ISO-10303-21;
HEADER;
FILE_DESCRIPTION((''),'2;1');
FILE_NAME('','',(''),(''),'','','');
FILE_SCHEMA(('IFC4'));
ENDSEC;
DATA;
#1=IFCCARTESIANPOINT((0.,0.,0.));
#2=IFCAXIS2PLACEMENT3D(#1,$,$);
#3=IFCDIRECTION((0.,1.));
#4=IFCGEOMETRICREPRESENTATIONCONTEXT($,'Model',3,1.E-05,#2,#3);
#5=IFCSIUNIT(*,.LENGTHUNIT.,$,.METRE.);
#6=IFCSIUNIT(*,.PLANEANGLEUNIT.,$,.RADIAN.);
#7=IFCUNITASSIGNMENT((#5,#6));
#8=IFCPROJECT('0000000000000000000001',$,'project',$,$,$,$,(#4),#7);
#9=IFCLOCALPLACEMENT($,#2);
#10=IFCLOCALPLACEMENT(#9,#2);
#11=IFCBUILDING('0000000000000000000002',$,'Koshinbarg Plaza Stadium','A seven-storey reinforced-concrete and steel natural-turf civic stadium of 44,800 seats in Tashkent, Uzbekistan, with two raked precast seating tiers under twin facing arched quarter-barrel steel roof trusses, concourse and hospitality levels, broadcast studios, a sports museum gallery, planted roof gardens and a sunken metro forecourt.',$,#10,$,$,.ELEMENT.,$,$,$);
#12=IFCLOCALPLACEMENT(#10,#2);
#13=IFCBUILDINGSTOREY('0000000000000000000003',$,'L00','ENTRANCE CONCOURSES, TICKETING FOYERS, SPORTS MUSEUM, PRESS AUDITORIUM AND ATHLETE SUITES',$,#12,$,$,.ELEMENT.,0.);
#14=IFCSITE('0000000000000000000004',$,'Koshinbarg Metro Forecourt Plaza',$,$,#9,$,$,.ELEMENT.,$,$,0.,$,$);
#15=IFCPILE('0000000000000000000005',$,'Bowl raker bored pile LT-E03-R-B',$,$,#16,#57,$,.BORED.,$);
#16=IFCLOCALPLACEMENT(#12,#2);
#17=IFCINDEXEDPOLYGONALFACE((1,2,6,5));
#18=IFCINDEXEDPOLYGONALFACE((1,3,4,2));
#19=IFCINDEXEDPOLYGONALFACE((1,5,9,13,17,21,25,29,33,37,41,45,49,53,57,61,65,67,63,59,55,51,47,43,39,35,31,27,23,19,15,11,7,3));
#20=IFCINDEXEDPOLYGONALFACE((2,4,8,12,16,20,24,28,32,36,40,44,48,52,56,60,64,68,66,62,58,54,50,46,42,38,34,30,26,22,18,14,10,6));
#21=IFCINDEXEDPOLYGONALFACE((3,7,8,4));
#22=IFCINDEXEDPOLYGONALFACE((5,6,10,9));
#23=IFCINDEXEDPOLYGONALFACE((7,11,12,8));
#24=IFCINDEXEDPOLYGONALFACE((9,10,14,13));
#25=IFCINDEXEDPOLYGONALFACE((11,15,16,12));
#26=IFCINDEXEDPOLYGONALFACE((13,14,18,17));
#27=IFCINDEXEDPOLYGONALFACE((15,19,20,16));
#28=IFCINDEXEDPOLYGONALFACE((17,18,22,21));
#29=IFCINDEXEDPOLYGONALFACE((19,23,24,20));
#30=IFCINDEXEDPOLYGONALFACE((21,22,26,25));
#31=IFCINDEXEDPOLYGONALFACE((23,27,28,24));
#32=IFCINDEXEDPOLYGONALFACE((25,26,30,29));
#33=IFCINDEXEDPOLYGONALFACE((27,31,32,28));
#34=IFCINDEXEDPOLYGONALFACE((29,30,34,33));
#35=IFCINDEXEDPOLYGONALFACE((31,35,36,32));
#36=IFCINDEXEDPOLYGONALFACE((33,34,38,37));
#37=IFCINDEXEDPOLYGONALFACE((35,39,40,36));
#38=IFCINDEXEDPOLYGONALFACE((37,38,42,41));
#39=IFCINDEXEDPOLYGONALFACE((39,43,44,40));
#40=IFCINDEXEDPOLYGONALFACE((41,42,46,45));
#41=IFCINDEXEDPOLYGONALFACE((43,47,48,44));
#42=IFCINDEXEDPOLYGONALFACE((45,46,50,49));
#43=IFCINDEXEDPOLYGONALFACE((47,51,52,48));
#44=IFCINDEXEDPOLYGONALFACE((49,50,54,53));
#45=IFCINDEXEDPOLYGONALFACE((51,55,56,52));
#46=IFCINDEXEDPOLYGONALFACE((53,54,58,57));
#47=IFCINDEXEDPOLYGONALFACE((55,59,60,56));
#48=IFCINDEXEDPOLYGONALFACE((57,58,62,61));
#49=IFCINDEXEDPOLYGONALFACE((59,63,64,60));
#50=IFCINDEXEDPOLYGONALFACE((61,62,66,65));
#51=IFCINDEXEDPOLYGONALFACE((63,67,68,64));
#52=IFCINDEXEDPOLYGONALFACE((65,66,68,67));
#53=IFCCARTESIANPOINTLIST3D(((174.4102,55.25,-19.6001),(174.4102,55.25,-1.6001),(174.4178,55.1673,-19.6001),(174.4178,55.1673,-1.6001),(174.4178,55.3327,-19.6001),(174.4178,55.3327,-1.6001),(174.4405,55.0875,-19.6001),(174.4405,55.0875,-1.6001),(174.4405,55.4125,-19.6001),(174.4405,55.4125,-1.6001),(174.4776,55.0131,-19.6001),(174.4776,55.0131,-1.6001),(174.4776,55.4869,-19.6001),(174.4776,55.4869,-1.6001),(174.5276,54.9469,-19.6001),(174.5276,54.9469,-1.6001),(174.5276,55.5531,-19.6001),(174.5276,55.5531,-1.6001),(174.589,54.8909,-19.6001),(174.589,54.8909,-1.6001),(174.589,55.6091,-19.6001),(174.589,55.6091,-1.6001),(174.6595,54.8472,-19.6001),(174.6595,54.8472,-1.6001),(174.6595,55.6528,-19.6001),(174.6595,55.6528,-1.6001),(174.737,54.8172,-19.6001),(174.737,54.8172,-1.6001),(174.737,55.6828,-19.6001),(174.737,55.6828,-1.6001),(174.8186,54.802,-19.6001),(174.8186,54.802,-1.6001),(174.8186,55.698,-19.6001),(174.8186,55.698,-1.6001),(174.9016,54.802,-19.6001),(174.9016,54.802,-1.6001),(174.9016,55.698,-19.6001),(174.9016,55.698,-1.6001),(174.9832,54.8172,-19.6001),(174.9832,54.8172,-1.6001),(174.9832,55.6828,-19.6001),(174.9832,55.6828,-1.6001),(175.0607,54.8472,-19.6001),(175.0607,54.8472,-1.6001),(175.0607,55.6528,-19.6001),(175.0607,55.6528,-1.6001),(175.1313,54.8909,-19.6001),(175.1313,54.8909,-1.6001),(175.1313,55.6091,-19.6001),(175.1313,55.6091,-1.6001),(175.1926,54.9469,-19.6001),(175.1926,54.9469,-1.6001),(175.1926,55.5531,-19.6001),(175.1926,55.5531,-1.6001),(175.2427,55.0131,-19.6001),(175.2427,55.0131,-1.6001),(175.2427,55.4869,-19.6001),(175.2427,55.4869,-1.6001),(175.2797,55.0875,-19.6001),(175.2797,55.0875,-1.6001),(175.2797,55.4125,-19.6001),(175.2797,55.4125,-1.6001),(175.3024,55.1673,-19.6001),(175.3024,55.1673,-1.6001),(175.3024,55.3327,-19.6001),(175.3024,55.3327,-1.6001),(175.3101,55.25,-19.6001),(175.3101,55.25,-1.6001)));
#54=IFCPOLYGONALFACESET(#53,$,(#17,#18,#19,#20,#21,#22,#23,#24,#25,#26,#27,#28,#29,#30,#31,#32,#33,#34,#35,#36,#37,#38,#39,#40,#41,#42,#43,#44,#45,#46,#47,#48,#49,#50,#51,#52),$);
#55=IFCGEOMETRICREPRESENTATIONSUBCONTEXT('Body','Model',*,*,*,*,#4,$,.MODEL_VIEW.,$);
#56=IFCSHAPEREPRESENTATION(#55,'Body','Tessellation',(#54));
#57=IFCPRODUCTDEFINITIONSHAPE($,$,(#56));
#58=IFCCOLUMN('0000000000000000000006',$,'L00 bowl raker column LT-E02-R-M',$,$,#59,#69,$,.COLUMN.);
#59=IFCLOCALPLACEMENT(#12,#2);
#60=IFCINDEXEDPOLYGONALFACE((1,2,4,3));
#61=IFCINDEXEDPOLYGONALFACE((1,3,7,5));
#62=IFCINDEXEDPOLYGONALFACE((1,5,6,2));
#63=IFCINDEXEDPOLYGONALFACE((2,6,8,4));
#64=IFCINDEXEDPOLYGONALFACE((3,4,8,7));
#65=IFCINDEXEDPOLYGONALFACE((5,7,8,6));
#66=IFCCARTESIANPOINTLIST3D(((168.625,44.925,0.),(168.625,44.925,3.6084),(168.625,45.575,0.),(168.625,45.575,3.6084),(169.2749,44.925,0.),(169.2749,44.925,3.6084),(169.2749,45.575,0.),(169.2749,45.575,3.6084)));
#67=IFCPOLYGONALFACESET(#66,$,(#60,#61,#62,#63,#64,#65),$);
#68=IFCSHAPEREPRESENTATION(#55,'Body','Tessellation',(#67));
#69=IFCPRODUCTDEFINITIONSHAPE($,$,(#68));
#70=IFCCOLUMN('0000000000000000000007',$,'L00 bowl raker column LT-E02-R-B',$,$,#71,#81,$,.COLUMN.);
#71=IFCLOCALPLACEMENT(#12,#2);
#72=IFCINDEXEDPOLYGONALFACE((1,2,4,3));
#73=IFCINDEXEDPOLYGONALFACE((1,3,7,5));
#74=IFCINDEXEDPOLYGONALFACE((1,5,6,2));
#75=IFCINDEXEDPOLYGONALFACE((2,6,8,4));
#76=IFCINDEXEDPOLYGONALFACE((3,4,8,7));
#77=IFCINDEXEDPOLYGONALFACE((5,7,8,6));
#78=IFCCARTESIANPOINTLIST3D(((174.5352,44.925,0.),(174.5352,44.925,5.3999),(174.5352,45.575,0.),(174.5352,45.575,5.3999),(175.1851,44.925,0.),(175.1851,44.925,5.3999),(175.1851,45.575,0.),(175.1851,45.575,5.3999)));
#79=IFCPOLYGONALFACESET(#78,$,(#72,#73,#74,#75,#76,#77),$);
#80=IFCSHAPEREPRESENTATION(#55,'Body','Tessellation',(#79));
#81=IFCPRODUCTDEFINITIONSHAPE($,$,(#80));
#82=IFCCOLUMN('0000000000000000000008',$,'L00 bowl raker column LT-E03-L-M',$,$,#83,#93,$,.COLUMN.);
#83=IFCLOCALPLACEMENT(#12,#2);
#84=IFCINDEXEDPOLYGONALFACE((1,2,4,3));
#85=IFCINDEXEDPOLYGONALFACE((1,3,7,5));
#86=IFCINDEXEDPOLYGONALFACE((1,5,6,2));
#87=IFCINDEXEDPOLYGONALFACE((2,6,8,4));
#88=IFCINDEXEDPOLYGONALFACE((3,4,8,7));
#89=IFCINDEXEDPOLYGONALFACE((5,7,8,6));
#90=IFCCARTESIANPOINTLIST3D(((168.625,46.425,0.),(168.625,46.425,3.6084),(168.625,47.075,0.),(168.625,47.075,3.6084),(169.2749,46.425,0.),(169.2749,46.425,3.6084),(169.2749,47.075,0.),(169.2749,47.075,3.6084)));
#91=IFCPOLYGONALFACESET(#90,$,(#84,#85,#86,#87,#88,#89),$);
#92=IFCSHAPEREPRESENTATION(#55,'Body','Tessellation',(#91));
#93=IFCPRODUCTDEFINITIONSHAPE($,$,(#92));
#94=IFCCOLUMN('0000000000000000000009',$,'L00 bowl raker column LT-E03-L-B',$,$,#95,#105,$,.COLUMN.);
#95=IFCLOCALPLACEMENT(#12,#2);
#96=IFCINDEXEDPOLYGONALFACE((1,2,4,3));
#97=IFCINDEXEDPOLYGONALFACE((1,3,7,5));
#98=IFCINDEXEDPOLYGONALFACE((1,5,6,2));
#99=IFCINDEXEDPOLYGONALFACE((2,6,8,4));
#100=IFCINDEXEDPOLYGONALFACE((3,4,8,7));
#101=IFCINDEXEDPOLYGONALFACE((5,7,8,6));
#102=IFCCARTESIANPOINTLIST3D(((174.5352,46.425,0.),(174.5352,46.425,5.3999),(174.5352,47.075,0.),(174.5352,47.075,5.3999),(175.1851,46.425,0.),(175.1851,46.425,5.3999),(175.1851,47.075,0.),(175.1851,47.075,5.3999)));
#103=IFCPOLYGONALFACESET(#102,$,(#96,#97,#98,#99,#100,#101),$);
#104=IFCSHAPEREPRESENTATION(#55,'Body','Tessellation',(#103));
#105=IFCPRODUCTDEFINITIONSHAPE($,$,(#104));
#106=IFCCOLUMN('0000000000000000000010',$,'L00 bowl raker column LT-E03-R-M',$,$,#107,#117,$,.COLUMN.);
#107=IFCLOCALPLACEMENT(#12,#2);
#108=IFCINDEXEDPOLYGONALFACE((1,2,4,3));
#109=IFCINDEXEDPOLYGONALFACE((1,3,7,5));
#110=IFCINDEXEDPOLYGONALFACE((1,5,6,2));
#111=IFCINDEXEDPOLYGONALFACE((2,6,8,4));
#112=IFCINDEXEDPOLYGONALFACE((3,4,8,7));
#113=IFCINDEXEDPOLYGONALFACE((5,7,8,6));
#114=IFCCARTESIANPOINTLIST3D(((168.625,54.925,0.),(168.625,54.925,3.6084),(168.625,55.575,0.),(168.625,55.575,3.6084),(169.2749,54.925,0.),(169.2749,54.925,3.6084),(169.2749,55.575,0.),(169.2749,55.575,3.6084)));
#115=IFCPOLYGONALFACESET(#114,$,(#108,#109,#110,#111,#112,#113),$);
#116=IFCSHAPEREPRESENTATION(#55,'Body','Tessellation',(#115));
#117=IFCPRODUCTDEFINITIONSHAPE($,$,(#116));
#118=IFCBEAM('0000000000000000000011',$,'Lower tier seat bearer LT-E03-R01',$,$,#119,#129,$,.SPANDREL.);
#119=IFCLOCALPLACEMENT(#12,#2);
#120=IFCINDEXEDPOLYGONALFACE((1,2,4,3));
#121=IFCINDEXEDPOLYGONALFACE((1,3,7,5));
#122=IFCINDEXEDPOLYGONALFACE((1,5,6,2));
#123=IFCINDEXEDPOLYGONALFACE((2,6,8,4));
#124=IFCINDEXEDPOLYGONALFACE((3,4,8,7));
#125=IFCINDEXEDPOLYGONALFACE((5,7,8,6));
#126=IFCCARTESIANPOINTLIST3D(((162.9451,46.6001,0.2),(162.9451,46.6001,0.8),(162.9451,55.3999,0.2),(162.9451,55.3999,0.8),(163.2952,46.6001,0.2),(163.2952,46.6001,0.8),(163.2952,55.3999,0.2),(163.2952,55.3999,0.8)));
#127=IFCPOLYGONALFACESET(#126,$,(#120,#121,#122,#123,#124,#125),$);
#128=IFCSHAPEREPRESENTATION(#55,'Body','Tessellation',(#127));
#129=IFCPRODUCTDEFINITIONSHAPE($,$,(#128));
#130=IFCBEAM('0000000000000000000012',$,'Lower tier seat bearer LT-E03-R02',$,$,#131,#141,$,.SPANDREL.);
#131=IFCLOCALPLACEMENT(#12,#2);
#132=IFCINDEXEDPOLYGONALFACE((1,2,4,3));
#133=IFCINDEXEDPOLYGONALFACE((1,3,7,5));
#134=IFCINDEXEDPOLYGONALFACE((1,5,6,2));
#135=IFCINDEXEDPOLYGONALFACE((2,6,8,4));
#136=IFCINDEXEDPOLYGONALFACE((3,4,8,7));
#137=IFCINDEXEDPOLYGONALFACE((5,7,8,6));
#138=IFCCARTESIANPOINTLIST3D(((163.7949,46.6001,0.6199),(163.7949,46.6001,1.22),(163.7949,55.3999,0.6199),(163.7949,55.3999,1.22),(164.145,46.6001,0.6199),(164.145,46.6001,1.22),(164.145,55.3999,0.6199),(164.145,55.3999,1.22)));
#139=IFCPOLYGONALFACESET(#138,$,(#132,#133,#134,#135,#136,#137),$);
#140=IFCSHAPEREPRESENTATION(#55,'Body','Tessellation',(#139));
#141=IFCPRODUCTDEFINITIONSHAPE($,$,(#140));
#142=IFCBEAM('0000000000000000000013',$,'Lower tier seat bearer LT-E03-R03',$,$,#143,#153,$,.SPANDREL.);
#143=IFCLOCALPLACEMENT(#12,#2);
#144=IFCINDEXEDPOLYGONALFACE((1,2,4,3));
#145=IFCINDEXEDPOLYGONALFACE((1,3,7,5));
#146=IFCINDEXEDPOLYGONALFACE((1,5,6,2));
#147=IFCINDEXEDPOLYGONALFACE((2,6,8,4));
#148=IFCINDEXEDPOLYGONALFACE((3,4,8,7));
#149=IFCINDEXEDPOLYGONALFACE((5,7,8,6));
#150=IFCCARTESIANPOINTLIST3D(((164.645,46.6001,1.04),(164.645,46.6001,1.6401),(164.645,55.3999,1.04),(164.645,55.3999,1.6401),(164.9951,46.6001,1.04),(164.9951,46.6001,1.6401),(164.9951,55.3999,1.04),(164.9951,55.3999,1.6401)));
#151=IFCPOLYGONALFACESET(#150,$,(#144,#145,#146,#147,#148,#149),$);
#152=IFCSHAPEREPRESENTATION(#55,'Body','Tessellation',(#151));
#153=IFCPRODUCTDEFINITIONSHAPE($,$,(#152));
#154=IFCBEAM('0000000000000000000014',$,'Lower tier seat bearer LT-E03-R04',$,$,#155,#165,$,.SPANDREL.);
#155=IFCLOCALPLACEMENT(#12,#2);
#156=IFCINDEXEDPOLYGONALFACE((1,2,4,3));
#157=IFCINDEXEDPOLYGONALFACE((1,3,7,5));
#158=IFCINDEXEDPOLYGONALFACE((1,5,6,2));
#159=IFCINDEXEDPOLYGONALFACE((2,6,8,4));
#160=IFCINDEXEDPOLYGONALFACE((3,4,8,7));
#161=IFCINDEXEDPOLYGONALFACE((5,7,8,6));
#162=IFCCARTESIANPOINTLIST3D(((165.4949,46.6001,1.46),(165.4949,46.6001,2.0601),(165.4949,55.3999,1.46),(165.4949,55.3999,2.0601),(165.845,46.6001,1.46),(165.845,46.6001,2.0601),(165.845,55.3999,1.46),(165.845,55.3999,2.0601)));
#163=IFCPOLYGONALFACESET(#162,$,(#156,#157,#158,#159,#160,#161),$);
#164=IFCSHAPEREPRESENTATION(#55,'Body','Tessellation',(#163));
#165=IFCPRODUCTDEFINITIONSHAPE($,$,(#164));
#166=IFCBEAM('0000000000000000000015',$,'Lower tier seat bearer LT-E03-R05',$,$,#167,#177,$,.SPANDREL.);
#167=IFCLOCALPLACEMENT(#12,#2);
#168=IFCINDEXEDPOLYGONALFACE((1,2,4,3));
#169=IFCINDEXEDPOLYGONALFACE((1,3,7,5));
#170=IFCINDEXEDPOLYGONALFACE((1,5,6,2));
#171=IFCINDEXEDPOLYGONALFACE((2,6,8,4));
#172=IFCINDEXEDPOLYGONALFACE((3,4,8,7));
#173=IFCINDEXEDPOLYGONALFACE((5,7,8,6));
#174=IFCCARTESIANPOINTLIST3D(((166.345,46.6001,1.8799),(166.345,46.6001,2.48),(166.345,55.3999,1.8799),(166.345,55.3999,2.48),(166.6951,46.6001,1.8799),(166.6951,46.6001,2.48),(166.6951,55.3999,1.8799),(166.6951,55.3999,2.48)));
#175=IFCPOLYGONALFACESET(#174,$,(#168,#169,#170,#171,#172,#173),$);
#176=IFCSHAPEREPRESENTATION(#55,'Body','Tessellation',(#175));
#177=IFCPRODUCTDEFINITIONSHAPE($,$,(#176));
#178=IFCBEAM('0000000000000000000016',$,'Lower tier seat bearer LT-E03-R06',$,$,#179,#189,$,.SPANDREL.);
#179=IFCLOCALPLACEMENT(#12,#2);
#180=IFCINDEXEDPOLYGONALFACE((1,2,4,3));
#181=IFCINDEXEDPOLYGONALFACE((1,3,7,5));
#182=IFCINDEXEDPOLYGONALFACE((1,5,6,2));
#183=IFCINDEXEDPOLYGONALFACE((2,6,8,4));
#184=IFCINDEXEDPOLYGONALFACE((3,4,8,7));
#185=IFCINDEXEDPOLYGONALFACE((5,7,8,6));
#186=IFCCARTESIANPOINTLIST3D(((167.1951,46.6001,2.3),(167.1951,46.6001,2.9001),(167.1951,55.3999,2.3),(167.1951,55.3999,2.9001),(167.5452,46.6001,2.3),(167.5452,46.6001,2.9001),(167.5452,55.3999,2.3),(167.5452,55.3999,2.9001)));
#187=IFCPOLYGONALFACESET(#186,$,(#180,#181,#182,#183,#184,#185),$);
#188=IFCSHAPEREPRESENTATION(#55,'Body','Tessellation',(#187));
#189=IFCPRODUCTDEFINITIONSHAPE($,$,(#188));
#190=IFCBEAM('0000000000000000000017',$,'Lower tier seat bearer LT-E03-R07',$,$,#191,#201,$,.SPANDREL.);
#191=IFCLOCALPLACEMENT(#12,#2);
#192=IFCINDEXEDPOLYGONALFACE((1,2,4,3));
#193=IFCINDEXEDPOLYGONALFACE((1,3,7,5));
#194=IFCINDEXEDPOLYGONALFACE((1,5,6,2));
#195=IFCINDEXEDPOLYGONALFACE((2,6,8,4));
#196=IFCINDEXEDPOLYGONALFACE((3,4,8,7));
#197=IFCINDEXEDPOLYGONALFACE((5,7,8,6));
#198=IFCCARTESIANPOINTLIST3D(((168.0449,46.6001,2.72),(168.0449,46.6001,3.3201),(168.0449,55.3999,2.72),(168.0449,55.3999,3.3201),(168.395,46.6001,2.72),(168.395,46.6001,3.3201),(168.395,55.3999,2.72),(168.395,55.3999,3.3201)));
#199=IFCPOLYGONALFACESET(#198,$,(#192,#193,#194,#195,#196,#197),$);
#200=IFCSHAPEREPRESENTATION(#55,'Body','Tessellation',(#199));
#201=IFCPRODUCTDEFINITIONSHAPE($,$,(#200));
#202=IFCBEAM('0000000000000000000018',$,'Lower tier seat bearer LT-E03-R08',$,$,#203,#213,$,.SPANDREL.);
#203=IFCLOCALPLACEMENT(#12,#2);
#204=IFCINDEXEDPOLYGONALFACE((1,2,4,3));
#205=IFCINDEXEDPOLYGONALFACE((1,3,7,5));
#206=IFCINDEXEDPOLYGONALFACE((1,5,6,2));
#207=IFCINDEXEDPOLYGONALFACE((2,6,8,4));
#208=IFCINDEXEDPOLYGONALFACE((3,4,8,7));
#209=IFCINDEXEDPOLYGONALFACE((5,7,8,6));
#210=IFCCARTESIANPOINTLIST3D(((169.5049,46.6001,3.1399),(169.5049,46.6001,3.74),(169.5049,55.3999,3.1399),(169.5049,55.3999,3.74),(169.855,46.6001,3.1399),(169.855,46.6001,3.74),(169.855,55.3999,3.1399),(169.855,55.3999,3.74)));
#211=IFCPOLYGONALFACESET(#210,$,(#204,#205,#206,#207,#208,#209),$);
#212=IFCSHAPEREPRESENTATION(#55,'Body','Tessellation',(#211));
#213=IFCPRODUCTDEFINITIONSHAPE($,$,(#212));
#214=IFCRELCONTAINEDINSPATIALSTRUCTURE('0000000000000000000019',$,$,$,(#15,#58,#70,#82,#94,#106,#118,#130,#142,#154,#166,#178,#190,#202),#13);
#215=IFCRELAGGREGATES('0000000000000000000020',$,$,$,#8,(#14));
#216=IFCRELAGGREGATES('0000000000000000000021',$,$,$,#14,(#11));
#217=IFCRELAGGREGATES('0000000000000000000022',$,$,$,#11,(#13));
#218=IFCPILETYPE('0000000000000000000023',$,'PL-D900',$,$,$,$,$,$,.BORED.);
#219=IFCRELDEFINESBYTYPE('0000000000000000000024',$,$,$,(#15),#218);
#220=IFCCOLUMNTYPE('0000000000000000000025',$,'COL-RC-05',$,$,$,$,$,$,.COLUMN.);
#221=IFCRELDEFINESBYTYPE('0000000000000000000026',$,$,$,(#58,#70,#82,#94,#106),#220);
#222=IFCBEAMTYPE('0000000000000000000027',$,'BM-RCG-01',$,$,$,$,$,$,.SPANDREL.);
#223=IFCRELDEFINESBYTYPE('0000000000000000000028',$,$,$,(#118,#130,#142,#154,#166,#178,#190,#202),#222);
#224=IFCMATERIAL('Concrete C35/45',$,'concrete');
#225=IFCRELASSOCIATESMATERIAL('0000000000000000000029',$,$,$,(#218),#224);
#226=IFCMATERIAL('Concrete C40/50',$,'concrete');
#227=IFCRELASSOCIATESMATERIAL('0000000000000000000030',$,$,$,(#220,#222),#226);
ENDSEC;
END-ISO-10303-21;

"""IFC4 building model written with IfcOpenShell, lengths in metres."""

from ifc_helpers import new_model, si_unit, direction, frame, origin, origin_2d, place, context, subcontext, project, spatial, rectangle, circle, extrude, material, material_profile, profile_set, type_object, element, save


model = new_model("IFC4")

# Units and contexts
model_context = context("Model", 3, precision=1e-05, world=origin(), true_north=direction((0.0, 1.0)))
body_context = subcontext(model_context, "Body", "Model", "MODEL_VIEW")
ifc_project = project(units=[si_unit("LENGTHUNIT", "METRE"), si_unit("PLANEANGLEUNIT", "RADIAN")], contexts=[model_context])

# Site, building, storey
site_placement = place(None, origin())
site = spatial("IfcSite", under=ifc_project, at=site_placement, Name="Koshinbarg Metro Forecourt Plaza", CompositionType="ELEMENT", RefElevation=0.0)
building_placement = place(site_placement, origin())
building = spatial("IfcBuilding", under=site, at=building_placement, Name="Koshinbarg Plaza Stadium", Description="A seven-storey reinforced-concrete and steel natural-turf civic stadium of 44,800 seats in Tashkent, Uzbekistan, with two raked precast seating tiers under twin facing arched quarter-barrel steel roof trusses, concourse and hospitality levels, broadcast studios, a sports museum gallery, planted roof gardens and a sunken metro forecourt.", CompositionType="ELEMENT")
storey_placement = place(building_placement, origin())
storey = spatial("IfcBuildingStorey", under=building, at=storey_placement, Name="L00", Description="ENTRANCE CONCOURSES, TICKETING FOYERS, SPORTS MUSEUM, PRESS AUDITORIUM AND ATHLETE SUITES", CompositionType="ELEMENT", Elevation=0.0)

# Shared definitions
ifc_material_1 = material(Name="Concrete C35/45", Category="concrete")

# Pile
ifc_material_profile_1 = material_profile(ifc_material_1, circle(Radius=0.45, at=origin_2d()), Name="PILE D900")
ifc_profile_set_1 = profile_set([ifc_material_profile_1], Name="Concrete C35/45")
pile_type = type_object("IfcPileType", Name="PL-D900", PredefinedType="BORED", material=ifc_profile_set_1)
for number, where, z_axis, x_axis, name in (
    (1, (174.8601, 55.25, -1.6001), (0.0, 0.0, -1.0), (1.0, 0.0, 0.0), "Bowl raker bored pile LT-E03-R-B"),
):
    element("IfcPile", number, at=place(storey_placement, frame(where, z_axis=z_axis, x_axis=x_axis)), inside=storey, type_object=pile_type, Name=name, PredefinedType="BORED", context=body_context, shape_type="SweptSolid", body=[
        extrude(circle(Radius=0.45, at=origin_2d()), origin(), (0.0, 0.0, 1.0), 18.0),
    ])

# Columns
ifc_material_2 = material(Name="Concrete C40/50", Category="concrete")
ifc_material_profile_2 = material_profile(ifc_material_2, rectangle(XDim=0.6499, YDim=0.6499, at=origin_2d()), Name="RC 650x650")
ifc_profile_set_2 = profile_set([ifc_material_profile_2], Name="Concrete C40/50")
column_type = type_object("IfcColumnType", Name="COL-RC-05", PredefinedType="COLUMN", material=ifc_profile_set_2)
column_1_placement = place(storey_placement, frame((168.95, 45.25, 0.0), z_axis=(0.0, 0.0, 1.0), x_axis=(1.0, 0.0, 0.0)))
element("IfcColumn", 2, at=column_1_placement, inside=storey, type_object=column_type, Name="L00 bowl raker column LT-E02-R-M", PredefinedType="COLUMN", context=body_context, shape_type="SweptSolid", body=[
    extrude(rectangle(XDim=0.6499, YDim=0.6499, at=origin_2d()), origin(), (0.0, 0.0, 1.0), 3.6084),
])
column_2_placement = place(storey_placement, frame((174.8601, 45.25, 0.0), z_axis=(0.0, 0.0, 1.0), x_axis=(1.0, 0.0, 0.0)))
element("IfcColumn", 3, at=column_2_placement, inside=storey, type_object=column_type, Name="L00 bowl raker column LT-E02-R-B", PredefinedType="COLUMN", context=body_context, shape_type="SweptSolid", body=[
    extrude(rectangle(XDim=0.6499, YDim=0.6499, at=origin_2d()), origin(), (0.0, 0.0, 1.0), 5.3999),
])
column_3_placement = place(storey_placement, frame((168.95, 46.75, 0.0), z_axis=(0.0, 0.0, 1.0), x_axis=(1.0, 0.0, 0.0)))
element("IfcColumn", 4, at=column_3_placement, inside=storey, type_object=column_type, Name="L00 bowl raker column LT-E03-L-M", PredefinedType="COLUMN", context=body_context, shape_type="SweptSolid", body=[
    extrude(rectangle(XDim=0.6499, YDim=0.6499, at=origin_2d()), origin(), (0.0, 0.0, 1.0), 3.6084),
])
column_4_placement = place(storey_placement, frame((174.8601, 46.75, 0.0), z_axis=(0.0, 0.0, 1.0), x_axis=(1.0, 0.0, 0.0)))
element("IfcColumn", 5, at=column_4_placement, inside=storey, type_object=column_type, Name="L00 bowl raker column LT-E03-L-B", PredefinedType="COLUMN", context=body_context, shape_type="SweptSolid", body=[
    extrude(rectangle(XDim=0.6499, YDim=0.6499, at=origin_2d()), origin(), (0.0, 0.0, 1.0), 5.3999),
])
column_5_placement = place(storey_placement, frame((168.95, 55.25, 0.0), z_axis=(0.0, 0.0, 1.0), x_axis=(1.0, 0.0, 0.0)))
element("IfcColumn", 6, at=column_5_placement, inside=storey, type_object=column_type, Name="L00 bowl raker column LT-E03-R-M", PredefinedType="COLUMN", context=body_context, shape_type="SweptSolid", body=[
    extrude(rectangle(XDim=0.6499, YDim=0.6499, at=origin_2d()), origin(), (0.0, 0.0, 1.0), 3.6084),
])

# Beams
ifc_material_profile_3 = material_profile(ifc_material_2, rectangle(XDim=0.3501, YDim=0.6001, at=origin_2d()), Name="RC 350x600")
ifc_profile_set_3 = profile_set([ifc_material_profile_3], Name="Concrete C40/50")
beam_type = type_object("IfcBeamType", Name="BM-RCG-01", PredefinedType="SPANDREL", material=ifc_profile_set_3)
for number, where, z_axis, x_axis, name in (
    (7, (163.1201, 46.6001, 0.5), (0.0, 1.0, 0.0), (-1.0, 0.0, 0.0), "Lower tier seat bearer LT-E03-R01"),
    (8, (163.97, 46.6001, 0.9199), (0.0, 1.0, 0.0), (-1.0, 0.0, 0.0), "Lower tier seat bearer LT-E03-R02"),
    (9, (164.8201, 46.6001, 1.3401), (0.0, 1.0, 0.0), (-1.0, 0.0, 0.0), "Lower tier seat bearer LT-E03-R03"),
    (10, (165.6699, 46.6001, 1.76), (0.0, 1.0, 0.0), (-1.0, 0.0, 0.0), "Lower tier seat bearer LT-E03-R04"),
    (11, (166.52, 46.6001, 2.1799), (0.0, 1.0, 0.0), (-1.0, 0.0, 0.0), "Lower tier seat bearer LT-E03-R05"),
    (12, (167.3701, 46.6001, 2.6001), (0.0, 1.0, 0.0), (-1.0, 0.0, 0.0), "Lower tier seat bearer LT-E03-R06"),
    (13, (168.22, 46.6001, 3.02), (0.0, 1.0, 0.0), (-1.0, 0.0, 0.0), "Lower tier seat bearer LT-E03-R07"),
    (14, (169.6799, 46.6001, 3.4399), (0.0, 1.0, 0.0), (-1.0, 0.0, 0.0), "Lower tier seat bearer LT-E03-R08"),
):
    element("IfcBeam", number, at=place(storey_placement, frame(where, z_axis=z_axis, x_axis=x_axis)), inside=storey, type_object=beam_type, Name=name, PredefinedType="SPANDREL", context=body_context, shape_type="SweptSolid", body=[
        extrude(rectangle(XDim=0.3501, YDim=0.6001, at=origin_2d()), origin(), (0.0, 0.0, 1.0), 8.7998),
    ])

save(model, "model.ifc")
